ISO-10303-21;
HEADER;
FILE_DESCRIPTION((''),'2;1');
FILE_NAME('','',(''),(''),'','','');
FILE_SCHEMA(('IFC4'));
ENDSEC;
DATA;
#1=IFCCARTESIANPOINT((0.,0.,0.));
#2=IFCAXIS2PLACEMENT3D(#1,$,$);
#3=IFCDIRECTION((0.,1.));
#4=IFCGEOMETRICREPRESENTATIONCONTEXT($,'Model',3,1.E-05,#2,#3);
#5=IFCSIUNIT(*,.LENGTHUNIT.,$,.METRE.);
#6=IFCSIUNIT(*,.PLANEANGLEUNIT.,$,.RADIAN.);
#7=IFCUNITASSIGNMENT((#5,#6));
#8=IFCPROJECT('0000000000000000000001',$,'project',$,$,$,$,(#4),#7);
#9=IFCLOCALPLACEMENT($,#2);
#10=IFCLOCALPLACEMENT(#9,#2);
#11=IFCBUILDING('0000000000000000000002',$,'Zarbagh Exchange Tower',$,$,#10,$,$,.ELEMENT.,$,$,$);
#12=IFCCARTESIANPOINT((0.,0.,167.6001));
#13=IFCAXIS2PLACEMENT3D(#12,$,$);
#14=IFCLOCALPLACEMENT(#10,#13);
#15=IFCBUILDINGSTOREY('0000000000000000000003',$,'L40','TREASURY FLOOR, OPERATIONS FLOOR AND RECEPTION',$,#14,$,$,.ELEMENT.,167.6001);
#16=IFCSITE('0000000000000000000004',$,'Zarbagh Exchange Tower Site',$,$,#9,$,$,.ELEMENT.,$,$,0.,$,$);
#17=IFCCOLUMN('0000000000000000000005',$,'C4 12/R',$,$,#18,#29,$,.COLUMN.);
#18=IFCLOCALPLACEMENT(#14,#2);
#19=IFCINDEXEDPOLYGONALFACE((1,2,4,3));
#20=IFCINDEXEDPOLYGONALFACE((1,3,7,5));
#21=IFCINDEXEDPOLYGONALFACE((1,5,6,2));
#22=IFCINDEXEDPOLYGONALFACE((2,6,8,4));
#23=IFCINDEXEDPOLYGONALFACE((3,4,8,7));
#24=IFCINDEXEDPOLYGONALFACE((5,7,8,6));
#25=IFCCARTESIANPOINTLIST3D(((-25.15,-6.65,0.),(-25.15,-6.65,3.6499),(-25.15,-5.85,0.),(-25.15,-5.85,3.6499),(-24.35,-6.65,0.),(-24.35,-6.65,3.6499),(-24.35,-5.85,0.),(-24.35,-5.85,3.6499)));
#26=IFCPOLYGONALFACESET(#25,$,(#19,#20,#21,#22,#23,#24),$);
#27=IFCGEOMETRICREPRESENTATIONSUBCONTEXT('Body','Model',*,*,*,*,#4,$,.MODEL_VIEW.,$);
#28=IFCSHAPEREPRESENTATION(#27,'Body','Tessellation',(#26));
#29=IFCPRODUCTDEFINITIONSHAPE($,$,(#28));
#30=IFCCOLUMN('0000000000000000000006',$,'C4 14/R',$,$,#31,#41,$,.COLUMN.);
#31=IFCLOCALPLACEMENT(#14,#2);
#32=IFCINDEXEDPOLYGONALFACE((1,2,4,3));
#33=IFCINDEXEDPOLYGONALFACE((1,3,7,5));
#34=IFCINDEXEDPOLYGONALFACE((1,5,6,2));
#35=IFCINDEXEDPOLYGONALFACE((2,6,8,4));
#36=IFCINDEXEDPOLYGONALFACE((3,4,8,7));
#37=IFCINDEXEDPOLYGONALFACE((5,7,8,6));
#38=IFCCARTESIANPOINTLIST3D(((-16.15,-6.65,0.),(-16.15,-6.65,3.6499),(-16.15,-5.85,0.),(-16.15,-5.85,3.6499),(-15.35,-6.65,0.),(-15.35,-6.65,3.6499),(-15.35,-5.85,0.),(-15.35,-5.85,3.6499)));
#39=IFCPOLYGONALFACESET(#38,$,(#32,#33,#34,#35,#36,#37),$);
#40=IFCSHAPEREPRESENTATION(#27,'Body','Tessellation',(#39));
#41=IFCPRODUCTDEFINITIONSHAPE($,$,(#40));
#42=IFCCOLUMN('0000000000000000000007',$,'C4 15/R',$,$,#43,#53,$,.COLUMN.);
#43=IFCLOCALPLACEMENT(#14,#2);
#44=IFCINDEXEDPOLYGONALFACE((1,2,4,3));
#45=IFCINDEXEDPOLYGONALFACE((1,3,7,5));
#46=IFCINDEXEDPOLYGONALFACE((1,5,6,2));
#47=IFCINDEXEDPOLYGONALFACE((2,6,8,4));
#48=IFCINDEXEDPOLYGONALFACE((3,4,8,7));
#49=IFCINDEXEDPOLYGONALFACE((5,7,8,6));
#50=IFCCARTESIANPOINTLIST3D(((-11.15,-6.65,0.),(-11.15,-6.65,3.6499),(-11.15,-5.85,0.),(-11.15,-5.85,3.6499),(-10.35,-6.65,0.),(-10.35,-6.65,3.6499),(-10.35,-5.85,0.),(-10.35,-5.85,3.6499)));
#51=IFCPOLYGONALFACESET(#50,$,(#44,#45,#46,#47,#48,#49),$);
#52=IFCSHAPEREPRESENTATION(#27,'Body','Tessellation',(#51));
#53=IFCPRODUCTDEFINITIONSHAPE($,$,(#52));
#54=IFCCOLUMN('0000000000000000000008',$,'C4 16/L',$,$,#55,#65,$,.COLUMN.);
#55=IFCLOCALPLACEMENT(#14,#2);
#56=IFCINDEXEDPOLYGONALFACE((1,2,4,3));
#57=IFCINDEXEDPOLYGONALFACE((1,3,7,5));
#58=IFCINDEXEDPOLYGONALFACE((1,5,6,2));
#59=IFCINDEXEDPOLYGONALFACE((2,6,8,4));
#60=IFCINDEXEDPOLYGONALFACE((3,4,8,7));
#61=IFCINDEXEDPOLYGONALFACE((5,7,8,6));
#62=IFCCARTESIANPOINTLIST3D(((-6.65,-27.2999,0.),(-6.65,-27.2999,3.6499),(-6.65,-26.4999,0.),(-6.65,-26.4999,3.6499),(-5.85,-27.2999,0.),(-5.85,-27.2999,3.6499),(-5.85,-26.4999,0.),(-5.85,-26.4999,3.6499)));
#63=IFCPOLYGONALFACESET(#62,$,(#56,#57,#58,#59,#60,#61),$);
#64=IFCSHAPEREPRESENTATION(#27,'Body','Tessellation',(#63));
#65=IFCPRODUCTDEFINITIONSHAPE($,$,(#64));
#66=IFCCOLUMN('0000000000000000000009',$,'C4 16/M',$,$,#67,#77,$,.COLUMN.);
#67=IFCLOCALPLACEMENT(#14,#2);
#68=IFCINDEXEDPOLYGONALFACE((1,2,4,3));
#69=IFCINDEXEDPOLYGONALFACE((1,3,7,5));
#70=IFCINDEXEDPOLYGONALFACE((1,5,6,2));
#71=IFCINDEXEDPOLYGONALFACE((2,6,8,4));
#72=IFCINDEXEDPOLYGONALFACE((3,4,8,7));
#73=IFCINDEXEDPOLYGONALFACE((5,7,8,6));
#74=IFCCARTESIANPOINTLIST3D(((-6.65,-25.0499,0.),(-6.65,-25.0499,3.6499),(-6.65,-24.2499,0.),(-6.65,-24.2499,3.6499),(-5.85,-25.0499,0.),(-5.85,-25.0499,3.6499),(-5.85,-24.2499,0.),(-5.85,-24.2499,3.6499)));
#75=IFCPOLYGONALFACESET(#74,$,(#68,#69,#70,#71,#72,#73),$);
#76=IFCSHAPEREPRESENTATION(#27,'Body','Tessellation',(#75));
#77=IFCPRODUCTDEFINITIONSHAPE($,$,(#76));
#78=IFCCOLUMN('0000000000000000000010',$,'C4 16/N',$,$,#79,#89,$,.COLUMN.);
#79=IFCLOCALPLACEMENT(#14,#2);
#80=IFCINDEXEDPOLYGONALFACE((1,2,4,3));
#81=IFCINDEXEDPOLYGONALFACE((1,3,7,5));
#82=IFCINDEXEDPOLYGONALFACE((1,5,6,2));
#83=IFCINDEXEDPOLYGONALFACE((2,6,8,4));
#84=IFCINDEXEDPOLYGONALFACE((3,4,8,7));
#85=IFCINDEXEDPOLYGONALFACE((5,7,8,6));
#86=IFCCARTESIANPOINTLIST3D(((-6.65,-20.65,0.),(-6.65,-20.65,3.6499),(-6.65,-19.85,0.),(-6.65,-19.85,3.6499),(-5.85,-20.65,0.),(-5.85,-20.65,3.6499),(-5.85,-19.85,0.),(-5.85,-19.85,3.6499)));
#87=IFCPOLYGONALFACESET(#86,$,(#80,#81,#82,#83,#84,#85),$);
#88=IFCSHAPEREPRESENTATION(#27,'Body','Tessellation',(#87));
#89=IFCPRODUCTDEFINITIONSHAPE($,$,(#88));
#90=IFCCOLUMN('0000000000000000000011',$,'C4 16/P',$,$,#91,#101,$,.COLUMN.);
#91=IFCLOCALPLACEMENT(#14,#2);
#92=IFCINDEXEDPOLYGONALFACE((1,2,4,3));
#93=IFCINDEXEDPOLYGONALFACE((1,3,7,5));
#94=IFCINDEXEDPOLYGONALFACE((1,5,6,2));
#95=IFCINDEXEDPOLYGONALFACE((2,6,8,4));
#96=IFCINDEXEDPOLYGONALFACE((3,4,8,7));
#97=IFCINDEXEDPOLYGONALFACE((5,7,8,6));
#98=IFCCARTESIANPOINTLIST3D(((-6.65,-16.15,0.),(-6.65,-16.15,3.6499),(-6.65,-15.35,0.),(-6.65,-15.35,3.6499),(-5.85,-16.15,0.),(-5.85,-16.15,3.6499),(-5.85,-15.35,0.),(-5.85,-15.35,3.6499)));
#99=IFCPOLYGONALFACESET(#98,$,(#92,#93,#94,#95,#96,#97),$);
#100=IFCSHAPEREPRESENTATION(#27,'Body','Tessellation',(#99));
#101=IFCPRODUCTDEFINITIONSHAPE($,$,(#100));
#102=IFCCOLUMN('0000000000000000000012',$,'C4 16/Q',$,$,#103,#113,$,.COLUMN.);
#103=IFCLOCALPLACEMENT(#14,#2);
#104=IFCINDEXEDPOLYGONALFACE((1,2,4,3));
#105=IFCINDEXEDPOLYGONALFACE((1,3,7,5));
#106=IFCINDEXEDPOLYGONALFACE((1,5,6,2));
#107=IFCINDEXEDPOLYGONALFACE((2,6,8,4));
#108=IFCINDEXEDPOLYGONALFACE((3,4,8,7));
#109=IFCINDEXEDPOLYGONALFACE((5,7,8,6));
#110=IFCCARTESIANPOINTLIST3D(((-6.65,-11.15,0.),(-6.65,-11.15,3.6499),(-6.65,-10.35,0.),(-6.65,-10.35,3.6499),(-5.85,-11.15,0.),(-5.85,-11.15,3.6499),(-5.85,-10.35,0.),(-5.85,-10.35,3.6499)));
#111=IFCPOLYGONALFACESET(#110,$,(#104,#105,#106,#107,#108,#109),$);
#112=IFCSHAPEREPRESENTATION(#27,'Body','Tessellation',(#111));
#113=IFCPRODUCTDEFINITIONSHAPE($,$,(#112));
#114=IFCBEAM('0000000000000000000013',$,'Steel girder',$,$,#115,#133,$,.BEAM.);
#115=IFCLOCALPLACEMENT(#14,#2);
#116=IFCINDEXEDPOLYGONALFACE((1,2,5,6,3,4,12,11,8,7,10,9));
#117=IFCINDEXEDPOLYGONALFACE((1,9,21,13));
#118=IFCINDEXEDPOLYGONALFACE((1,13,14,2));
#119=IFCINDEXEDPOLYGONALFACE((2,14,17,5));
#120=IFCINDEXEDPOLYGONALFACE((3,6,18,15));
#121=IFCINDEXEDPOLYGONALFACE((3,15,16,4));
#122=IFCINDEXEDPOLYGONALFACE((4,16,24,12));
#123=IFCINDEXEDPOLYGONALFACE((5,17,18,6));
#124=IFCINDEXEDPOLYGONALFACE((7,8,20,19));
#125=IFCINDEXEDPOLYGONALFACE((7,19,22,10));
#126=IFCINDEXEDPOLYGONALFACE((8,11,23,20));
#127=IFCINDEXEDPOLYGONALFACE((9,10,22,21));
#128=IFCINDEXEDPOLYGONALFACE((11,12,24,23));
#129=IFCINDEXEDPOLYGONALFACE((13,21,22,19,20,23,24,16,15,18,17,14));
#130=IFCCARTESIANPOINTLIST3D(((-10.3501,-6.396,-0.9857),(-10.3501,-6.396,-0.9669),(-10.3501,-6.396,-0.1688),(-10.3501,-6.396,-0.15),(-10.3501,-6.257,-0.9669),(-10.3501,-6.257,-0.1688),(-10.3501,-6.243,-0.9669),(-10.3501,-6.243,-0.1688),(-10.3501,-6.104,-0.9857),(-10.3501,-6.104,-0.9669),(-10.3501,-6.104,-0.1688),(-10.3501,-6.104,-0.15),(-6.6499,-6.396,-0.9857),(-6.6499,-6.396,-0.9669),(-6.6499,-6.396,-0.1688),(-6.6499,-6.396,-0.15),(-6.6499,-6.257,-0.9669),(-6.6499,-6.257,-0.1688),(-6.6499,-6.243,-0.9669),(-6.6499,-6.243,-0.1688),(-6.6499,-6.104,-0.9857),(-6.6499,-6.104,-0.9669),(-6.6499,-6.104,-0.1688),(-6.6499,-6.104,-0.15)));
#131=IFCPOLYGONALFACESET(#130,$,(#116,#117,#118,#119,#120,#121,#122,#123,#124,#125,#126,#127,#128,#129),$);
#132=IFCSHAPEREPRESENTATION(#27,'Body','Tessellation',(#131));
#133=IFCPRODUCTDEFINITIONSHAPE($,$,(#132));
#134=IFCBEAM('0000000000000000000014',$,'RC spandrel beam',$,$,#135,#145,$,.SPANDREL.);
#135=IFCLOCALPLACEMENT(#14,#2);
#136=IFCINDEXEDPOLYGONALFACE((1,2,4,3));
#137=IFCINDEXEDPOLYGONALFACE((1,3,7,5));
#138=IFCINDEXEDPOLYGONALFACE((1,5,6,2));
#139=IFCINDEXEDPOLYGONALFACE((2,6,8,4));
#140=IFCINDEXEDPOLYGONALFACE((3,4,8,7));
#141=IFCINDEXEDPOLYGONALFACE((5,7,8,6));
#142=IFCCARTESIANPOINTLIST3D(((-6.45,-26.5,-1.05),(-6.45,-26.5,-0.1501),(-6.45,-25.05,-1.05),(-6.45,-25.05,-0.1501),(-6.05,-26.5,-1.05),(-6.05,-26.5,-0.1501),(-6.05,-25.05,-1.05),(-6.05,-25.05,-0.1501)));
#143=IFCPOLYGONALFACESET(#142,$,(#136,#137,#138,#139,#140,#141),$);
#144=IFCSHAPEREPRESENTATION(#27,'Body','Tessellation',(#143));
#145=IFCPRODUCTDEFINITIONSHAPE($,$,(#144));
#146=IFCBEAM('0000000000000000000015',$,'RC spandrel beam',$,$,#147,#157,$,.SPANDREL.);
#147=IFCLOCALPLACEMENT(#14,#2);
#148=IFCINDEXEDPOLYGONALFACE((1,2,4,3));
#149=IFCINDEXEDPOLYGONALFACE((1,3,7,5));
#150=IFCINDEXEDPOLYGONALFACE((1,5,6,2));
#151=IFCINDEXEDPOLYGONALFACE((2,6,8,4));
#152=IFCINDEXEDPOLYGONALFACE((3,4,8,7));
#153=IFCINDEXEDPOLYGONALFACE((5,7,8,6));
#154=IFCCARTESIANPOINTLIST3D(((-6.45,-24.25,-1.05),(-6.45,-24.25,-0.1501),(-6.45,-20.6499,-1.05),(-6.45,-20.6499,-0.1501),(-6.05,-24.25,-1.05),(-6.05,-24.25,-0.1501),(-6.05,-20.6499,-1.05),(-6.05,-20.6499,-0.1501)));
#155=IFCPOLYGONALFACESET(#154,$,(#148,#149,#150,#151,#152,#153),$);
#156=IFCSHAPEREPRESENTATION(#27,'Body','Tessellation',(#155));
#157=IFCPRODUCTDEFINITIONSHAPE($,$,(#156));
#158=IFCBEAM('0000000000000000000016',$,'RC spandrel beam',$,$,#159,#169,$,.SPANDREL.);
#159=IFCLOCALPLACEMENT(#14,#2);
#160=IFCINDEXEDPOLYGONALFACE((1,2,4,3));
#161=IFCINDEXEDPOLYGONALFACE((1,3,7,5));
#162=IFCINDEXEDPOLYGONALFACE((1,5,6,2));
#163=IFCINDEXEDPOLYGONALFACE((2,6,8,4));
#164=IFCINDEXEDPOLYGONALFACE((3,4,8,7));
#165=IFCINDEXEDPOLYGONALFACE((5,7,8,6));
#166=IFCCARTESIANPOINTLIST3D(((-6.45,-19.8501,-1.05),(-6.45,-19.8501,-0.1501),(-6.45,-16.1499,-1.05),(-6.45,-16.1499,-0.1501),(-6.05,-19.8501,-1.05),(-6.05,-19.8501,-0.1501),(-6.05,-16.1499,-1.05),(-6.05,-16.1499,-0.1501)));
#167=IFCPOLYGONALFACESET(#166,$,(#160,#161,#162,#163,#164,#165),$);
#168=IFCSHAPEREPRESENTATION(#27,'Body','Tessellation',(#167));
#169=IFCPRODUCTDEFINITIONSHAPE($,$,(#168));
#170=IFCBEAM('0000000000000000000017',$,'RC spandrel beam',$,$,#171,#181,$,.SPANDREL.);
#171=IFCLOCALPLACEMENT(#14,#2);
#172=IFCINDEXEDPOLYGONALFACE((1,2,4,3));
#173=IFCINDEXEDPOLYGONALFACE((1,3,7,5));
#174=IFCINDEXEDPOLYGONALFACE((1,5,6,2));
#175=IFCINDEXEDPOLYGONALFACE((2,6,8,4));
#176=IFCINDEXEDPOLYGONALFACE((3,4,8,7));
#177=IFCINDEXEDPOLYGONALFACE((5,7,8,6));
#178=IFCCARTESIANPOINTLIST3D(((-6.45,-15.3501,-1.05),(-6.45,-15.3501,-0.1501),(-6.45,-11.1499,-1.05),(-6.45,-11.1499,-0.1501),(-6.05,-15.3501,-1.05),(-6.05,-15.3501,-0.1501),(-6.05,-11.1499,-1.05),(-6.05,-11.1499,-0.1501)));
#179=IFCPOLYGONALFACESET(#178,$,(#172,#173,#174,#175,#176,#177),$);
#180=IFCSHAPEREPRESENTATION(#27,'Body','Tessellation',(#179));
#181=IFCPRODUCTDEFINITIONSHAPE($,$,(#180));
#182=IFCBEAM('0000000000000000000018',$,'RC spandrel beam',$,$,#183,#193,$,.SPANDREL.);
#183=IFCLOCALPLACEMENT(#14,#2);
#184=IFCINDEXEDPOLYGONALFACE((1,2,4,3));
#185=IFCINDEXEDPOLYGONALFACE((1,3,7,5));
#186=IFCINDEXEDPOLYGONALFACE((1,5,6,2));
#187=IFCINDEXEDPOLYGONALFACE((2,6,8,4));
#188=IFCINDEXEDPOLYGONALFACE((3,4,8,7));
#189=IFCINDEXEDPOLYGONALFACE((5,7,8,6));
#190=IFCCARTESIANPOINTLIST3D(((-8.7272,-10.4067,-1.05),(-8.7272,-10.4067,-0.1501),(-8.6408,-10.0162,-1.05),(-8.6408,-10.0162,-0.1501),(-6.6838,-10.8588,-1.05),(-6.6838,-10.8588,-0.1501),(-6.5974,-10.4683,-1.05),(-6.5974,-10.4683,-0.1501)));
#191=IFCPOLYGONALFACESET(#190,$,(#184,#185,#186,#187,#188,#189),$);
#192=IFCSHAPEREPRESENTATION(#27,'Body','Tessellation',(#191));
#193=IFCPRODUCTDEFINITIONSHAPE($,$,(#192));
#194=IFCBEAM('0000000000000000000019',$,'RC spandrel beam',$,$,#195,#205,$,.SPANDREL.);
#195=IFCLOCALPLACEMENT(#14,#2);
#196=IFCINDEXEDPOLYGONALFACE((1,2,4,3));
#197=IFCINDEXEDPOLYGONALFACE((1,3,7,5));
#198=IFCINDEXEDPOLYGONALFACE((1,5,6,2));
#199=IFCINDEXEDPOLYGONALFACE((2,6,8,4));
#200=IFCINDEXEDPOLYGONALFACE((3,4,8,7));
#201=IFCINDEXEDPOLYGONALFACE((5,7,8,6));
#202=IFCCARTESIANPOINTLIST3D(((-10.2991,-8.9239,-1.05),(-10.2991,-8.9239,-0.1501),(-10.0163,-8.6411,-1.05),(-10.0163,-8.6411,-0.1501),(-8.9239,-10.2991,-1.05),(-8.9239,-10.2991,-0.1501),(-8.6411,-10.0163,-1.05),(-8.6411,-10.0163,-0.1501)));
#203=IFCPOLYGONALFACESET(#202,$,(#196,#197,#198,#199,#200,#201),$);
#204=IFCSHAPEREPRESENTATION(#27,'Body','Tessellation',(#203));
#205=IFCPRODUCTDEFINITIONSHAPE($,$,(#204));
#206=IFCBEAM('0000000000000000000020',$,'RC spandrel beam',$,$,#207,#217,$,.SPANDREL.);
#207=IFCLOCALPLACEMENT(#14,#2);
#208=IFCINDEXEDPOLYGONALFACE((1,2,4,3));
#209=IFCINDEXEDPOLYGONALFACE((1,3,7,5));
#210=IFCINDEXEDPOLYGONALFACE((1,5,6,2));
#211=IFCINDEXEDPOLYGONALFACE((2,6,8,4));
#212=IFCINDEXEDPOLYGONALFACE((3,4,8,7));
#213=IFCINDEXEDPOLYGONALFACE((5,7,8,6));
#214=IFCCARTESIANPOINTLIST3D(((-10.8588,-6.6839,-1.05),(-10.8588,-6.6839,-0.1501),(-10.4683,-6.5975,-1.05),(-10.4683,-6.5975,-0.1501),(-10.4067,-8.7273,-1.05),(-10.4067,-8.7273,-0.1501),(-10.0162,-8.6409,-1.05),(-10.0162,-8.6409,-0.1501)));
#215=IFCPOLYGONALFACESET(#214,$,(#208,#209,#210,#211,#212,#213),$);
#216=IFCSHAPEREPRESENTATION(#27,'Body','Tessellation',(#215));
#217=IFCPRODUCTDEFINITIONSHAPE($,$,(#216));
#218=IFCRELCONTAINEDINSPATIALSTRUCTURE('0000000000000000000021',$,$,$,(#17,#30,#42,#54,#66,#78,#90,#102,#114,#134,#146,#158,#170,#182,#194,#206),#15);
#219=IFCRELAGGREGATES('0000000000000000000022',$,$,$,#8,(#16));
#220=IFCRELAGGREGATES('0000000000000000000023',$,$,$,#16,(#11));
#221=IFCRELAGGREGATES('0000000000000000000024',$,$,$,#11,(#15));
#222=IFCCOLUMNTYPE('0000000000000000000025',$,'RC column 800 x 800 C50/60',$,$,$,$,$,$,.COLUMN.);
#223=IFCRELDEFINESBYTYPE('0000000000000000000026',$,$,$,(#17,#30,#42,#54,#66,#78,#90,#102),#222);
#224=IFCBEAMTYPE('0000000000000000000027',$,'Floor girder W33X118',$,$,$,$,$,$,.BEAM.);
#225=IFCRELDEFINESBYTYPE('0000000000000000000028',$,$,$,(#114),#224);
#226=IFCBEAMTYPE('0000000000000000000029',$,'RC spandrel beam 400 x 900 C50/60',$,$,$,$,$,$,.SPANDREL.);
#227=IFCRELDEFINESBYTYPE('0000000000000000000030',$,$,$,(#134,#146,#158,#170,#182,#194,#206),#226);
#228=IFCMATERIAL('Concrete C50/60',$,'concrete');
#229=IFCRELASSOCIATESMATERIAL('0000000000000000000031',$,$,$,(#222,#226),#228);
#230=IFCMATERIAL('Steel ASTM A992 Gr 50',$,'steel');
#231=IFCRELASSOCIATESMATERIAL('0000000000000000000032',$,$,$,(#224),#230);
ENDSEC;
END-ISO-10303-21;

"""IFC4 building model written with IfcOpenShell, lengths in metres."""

from ifc_helpers import new_model, si_unit, direction, frame, origin, origin_2d, place, context, subcontext, project, spatial, rectangle, i_section, extrude, material, material_profile, profile_set, type_object, element, save


model = new_model("IFC4")

# Units and contexts
model_context = context("Model", 3, precision=1e-05, world=origin(), true_north=direction((0.0, 1.0)))
body_context = subcontext(model_context, "Body", "Model", "MODEL_VIEW")
ifc_project = project(units=[si_unit("LENGTHUNIT", "METRE"), si_unit("PLANEANGLEUNIT", "RADIAN")], contexts=[model_context])

# Site, building, storey
site_placement = place(None, origin())
site = spatial("IfcSite", under=ifc_project, at=site_placement, Name="Zarbagh Exchange Tower Site", CompositionType="ELEMENT", RefElevation=0.0)
building_placement = place(site_placement, origin())
building = spatial("IfcBuilding", under=site, at=building_placement, Name="Zarbagh Exchange Tower", CompositionType="ELEMENT")
storey_placement = place(building_placement, frame((0.0, 0.0, 167.6001)))
storey = spatial("IfcBuildingStorey", under=building, at=storey_placement, Name="L40", Description="TREASURY FLOOR, OPERATIONS FLOOR AND RECEPTION", CompositionType="ELEMENT", Elevation=167.6001)

# Columns
ifc_material_1 = material(Name="Concrete C50/60", Category="concrete")
ifc_material_profile_1 = material_profile(ifc_material_1, rectangle(XDim=0.8, YDim=0.8, at=origin_2d()), Name="RC column 800 x 800 C50/60")
ifc_profile_set_1 = profile_set([ifc_material_profile_1], Name="Concrete C50/60")
column_type = type_object("IfcColumnType", Name="RC column 800 x 800 C50/60", PredefinedType="COLUMN", material=ifc_profile_set_1)
for number, where, z_axis, x_axis, name in (
    (1, (-24.75, -6.25, 0.0), (0.0, 0.0, 1.0), (1.0, 0.0, 0.0), "C4 12/R"),
    (2, (-15.75, -6.25, 0.0), (0.0, 0.0, 1.0), (1.0, 0.0, 0.0), "C4 14/R"),
    (3, (-10.75, -6.25, 0.0), (0.0, 0.0, 1.0), (1.0, 0.0, 0.0), "C4 15/R"),
    (4, (-6.25, -26.8999, 0.0), (0.0, 0.0, 1.0), (1.0, 0.0, 0.0), "C4 16/L"),
    (5, (-6.25, -24.6499, 0.0), (0.0, 0.0, 1.0), (1.0, 0.0, 0.0), "C4 16/M"),
    (6, (-6.25, -20.25, 0.0), (0.0, 0.0, 1.0), (1.0, 0.0, 0.0), "C4 16/N"),
    (7, (-6.25, -15.75, 0.0), (0.0, 0.0, 1.0), (1.0, 0.0, 0.0), "C4 16/P"),
    (8, (-6.25, -10.75, 0.0), (0.0, 0.0, 1.0), (1.0, 0.0, 0.0), "C4 16/Q"),
):
    element("IfcColumn", number, at=place(storey_placement, frame(where, z_axis=z_axis, x_axis=x_axis)), inside=storey, type_object=column_type, Name=name, PredefinedType="COLUMN", context=body_context, shape_type="SweptSolid", body=[
        extrude(rectangle(XDim=0.8, YDim=0.8, at=origin_2d()), origin(), (0.0, 0.0, 1.0), 3.6499),
    ])

# Beams
ifc_material_2 = material(Name="Steel ASTM A992 Gr 50", Category="steel")
ifc_material_profile_2 = material_profile(ifc_material_2, i_section(OverallWidth=0.292, OverallDepth=0.8357, WebThickness=0.0139, FlangeThickness=0.0188, at=origin_2d()), Name="W33X118")
ifc_profile_set_2 = profile_set([ifc_material_profile_2], Name="Steel ASTM A992 Gr 50")
beam_type_1 = type_object("IfcBeamType", Name="Floor girder W33X118", PredefinedType="BEAM", material=ifc_profile_set_2)
beam_1_placement = place(storey_placement, frame((-10.3501, -6.25, -0.5679), z_axis=(1.0, 0.0, 0.0), x_axis=(0.0, 1.0, 0.0)))
element("IfcBeam", 9, at=beam_1_placement, inside=storey, type_object=beam_type_1, Name="Steel girder", PredefinedType="BEAM", context=body_context, shape_type="SweptSolid", body=[
    extrude(i_section(OverallWidth=0.292, OverallDepth=0.8357, WebThickness=0.0139, FlangeThickness=0.0188, at=origin_2d()), origin(), (0.0, 0.0, 1.0), 3.7002),
])
ifc_material_profile_3 = material_profile(ifc_material_1, rectangle(XDim=0.3999, YDim=0.8999, at=origin_2d()), Name="RC spandrel beam 400 x 900 C50/60")
ifc_profile_set_3 = profile_set([ifc_material_profile_3], Name="Concrete C50/60")
beam_type_2 = type_object("IfcBeamType", Name="RC spandrel beam 400 x 900 C50/60", PredefinedType="SPANDREL", material=ifc_profile_set_3)
beam_2_placement = place(storey_placement, frame((-6.25, -26.5, -0.6001), z_axis=(0.0, 1.0, 0.0), x_axis=(-1.0, 0.0, 0.0)))
element("IfcBeam", 10, at=beam_2_placement, inside=storey, type_object=beam_type_2, Name="RC spandrel beam", PredefinedType="SPANDREL", context=body_context, shape_type="SweptSolid", body=[
    extrude(rectangle(XDim=0.3999, YDim=0.8999, at=origin_2d()), origin(), (0.0, 0.0, 1.0), 1.45),
])
beam_3_placement = place(storey_placement, frame((-6.25, -24.25, -0.6001), z_axis=(0.0, 1.0, 0.0), x_axis=(-1.0, 0.0, 0.0)))
element("IfcBeam", 11, at=beam_3_placement, inside=storey, type_object=beam_type_2, Name="RC spandrel beam", PredefinedType="SPANDREL", context=body_context, shape_type="SweptSolid", body=[
    extrude(rectangle(XDim=0.3999, YDim=0.8999, at=origin_2d()), origin(), (0.0, 0.0, 1.0), 3.6001),
])
beam_4_placement = place(storey_placement, frame((-6.25, -19.8501, -0.6001), z_axis=(0.0, 1.0, 0.0), x_axis=(-1.0, 0.0, 0.0)))
element("IfcBeam", 12, at=beam_4_placement, inside=storey, type_object=beam_type_2, Name="RC spandrel beam", PredefinedType="SPANDREL", context=body_context, shape_type="SweptSolid", body=[
    extrude(rectangle(XDim=0.3999, YDim=0.8999, at=origin_2d()), origin(), (0.0, 0.0, 1.0), 3.7002),
])
beam_5_placement = place(storey_placement, frame((-6.25, -15.3501, -0.6001), z_axis=(0.0, 1.0, 0.0), x_axis=(-1.0, 0.0, 0.0)))
element("IfcBeam", 13, at=beam_5_placement, inside=storey, type_object=beam_type_2, Name="RC spandrel beam", PredefinedType="SPANDREL", context=body_context, shape_type="SweptSolid", body=[
    extrude(rectangle(XDim=0.3999, YDim=0.8999, at=origin_2d()), origin(), (0.0, 0.0, 1.0), 4.2002),
])
beam_6_placement = place(storey_placement, frame((-6.6406, -10.6636, -0.6001), z_axis=(-0.976384, 0.216041, 0.0), x_axis=(-0.216041, -0.976384, 0.0)))
element("IfcBeam", 14, at=beam_6_placement, inside=storey, type_object=beam_type_2, Name="RC spandrel beam", PredefinedType="SPANDREL", context=body_context, shape_type="SweptSolid", body=[
    extrude(rectangle(XDim=0.3999, YDim=0.8999, at=origin_2d()), origin(), (0.0, 0.0, 1.0), 2.0928),
])
beam_7_placement = place(storey_placement, frame((-8.7825, -10.1577, -0.6001), z_axis=(-0.707107, 0.707107, 0.0), x_axis=(-0.707107, -0.707107, 0.0)))
element("IfcBeam", 15, at=beam_7_placement, inside=storey, type_object=beam_type_2, Name="RC spandrel beam", PredefinedType="SPANDREL", context=body_context, shape_type="SweptSolid", body=[
    extrude(rectangle(XDim=0.3999, YDim=0.8999, at=origin_2d()), origin(), (0.0, 0.0, 1.0), 1.9448),
])
beam_8_placement = place(storey_placement, frame((-10.2114, -8.6841, -0.6001), z_axis=(-0.216041, 0.976384, 0.0), x_axis=(-0.976384, -0.216041, 0.0)))
element("IfcBeam", 16, at=beam_8_placement, inside=storey, type_object=beam_type_2, Name="RC spandrel beam", PredefinedType="SPANDREL", context=body_context, shape_type="SweptSolid", body=[
    extrude(rectangle(XDim=0.3999, YDim=0.8999, at=origin_2d()), origin(), (0.0, 0.0, 1.0), 2.0928),
])

save(model, "model.ifc")
